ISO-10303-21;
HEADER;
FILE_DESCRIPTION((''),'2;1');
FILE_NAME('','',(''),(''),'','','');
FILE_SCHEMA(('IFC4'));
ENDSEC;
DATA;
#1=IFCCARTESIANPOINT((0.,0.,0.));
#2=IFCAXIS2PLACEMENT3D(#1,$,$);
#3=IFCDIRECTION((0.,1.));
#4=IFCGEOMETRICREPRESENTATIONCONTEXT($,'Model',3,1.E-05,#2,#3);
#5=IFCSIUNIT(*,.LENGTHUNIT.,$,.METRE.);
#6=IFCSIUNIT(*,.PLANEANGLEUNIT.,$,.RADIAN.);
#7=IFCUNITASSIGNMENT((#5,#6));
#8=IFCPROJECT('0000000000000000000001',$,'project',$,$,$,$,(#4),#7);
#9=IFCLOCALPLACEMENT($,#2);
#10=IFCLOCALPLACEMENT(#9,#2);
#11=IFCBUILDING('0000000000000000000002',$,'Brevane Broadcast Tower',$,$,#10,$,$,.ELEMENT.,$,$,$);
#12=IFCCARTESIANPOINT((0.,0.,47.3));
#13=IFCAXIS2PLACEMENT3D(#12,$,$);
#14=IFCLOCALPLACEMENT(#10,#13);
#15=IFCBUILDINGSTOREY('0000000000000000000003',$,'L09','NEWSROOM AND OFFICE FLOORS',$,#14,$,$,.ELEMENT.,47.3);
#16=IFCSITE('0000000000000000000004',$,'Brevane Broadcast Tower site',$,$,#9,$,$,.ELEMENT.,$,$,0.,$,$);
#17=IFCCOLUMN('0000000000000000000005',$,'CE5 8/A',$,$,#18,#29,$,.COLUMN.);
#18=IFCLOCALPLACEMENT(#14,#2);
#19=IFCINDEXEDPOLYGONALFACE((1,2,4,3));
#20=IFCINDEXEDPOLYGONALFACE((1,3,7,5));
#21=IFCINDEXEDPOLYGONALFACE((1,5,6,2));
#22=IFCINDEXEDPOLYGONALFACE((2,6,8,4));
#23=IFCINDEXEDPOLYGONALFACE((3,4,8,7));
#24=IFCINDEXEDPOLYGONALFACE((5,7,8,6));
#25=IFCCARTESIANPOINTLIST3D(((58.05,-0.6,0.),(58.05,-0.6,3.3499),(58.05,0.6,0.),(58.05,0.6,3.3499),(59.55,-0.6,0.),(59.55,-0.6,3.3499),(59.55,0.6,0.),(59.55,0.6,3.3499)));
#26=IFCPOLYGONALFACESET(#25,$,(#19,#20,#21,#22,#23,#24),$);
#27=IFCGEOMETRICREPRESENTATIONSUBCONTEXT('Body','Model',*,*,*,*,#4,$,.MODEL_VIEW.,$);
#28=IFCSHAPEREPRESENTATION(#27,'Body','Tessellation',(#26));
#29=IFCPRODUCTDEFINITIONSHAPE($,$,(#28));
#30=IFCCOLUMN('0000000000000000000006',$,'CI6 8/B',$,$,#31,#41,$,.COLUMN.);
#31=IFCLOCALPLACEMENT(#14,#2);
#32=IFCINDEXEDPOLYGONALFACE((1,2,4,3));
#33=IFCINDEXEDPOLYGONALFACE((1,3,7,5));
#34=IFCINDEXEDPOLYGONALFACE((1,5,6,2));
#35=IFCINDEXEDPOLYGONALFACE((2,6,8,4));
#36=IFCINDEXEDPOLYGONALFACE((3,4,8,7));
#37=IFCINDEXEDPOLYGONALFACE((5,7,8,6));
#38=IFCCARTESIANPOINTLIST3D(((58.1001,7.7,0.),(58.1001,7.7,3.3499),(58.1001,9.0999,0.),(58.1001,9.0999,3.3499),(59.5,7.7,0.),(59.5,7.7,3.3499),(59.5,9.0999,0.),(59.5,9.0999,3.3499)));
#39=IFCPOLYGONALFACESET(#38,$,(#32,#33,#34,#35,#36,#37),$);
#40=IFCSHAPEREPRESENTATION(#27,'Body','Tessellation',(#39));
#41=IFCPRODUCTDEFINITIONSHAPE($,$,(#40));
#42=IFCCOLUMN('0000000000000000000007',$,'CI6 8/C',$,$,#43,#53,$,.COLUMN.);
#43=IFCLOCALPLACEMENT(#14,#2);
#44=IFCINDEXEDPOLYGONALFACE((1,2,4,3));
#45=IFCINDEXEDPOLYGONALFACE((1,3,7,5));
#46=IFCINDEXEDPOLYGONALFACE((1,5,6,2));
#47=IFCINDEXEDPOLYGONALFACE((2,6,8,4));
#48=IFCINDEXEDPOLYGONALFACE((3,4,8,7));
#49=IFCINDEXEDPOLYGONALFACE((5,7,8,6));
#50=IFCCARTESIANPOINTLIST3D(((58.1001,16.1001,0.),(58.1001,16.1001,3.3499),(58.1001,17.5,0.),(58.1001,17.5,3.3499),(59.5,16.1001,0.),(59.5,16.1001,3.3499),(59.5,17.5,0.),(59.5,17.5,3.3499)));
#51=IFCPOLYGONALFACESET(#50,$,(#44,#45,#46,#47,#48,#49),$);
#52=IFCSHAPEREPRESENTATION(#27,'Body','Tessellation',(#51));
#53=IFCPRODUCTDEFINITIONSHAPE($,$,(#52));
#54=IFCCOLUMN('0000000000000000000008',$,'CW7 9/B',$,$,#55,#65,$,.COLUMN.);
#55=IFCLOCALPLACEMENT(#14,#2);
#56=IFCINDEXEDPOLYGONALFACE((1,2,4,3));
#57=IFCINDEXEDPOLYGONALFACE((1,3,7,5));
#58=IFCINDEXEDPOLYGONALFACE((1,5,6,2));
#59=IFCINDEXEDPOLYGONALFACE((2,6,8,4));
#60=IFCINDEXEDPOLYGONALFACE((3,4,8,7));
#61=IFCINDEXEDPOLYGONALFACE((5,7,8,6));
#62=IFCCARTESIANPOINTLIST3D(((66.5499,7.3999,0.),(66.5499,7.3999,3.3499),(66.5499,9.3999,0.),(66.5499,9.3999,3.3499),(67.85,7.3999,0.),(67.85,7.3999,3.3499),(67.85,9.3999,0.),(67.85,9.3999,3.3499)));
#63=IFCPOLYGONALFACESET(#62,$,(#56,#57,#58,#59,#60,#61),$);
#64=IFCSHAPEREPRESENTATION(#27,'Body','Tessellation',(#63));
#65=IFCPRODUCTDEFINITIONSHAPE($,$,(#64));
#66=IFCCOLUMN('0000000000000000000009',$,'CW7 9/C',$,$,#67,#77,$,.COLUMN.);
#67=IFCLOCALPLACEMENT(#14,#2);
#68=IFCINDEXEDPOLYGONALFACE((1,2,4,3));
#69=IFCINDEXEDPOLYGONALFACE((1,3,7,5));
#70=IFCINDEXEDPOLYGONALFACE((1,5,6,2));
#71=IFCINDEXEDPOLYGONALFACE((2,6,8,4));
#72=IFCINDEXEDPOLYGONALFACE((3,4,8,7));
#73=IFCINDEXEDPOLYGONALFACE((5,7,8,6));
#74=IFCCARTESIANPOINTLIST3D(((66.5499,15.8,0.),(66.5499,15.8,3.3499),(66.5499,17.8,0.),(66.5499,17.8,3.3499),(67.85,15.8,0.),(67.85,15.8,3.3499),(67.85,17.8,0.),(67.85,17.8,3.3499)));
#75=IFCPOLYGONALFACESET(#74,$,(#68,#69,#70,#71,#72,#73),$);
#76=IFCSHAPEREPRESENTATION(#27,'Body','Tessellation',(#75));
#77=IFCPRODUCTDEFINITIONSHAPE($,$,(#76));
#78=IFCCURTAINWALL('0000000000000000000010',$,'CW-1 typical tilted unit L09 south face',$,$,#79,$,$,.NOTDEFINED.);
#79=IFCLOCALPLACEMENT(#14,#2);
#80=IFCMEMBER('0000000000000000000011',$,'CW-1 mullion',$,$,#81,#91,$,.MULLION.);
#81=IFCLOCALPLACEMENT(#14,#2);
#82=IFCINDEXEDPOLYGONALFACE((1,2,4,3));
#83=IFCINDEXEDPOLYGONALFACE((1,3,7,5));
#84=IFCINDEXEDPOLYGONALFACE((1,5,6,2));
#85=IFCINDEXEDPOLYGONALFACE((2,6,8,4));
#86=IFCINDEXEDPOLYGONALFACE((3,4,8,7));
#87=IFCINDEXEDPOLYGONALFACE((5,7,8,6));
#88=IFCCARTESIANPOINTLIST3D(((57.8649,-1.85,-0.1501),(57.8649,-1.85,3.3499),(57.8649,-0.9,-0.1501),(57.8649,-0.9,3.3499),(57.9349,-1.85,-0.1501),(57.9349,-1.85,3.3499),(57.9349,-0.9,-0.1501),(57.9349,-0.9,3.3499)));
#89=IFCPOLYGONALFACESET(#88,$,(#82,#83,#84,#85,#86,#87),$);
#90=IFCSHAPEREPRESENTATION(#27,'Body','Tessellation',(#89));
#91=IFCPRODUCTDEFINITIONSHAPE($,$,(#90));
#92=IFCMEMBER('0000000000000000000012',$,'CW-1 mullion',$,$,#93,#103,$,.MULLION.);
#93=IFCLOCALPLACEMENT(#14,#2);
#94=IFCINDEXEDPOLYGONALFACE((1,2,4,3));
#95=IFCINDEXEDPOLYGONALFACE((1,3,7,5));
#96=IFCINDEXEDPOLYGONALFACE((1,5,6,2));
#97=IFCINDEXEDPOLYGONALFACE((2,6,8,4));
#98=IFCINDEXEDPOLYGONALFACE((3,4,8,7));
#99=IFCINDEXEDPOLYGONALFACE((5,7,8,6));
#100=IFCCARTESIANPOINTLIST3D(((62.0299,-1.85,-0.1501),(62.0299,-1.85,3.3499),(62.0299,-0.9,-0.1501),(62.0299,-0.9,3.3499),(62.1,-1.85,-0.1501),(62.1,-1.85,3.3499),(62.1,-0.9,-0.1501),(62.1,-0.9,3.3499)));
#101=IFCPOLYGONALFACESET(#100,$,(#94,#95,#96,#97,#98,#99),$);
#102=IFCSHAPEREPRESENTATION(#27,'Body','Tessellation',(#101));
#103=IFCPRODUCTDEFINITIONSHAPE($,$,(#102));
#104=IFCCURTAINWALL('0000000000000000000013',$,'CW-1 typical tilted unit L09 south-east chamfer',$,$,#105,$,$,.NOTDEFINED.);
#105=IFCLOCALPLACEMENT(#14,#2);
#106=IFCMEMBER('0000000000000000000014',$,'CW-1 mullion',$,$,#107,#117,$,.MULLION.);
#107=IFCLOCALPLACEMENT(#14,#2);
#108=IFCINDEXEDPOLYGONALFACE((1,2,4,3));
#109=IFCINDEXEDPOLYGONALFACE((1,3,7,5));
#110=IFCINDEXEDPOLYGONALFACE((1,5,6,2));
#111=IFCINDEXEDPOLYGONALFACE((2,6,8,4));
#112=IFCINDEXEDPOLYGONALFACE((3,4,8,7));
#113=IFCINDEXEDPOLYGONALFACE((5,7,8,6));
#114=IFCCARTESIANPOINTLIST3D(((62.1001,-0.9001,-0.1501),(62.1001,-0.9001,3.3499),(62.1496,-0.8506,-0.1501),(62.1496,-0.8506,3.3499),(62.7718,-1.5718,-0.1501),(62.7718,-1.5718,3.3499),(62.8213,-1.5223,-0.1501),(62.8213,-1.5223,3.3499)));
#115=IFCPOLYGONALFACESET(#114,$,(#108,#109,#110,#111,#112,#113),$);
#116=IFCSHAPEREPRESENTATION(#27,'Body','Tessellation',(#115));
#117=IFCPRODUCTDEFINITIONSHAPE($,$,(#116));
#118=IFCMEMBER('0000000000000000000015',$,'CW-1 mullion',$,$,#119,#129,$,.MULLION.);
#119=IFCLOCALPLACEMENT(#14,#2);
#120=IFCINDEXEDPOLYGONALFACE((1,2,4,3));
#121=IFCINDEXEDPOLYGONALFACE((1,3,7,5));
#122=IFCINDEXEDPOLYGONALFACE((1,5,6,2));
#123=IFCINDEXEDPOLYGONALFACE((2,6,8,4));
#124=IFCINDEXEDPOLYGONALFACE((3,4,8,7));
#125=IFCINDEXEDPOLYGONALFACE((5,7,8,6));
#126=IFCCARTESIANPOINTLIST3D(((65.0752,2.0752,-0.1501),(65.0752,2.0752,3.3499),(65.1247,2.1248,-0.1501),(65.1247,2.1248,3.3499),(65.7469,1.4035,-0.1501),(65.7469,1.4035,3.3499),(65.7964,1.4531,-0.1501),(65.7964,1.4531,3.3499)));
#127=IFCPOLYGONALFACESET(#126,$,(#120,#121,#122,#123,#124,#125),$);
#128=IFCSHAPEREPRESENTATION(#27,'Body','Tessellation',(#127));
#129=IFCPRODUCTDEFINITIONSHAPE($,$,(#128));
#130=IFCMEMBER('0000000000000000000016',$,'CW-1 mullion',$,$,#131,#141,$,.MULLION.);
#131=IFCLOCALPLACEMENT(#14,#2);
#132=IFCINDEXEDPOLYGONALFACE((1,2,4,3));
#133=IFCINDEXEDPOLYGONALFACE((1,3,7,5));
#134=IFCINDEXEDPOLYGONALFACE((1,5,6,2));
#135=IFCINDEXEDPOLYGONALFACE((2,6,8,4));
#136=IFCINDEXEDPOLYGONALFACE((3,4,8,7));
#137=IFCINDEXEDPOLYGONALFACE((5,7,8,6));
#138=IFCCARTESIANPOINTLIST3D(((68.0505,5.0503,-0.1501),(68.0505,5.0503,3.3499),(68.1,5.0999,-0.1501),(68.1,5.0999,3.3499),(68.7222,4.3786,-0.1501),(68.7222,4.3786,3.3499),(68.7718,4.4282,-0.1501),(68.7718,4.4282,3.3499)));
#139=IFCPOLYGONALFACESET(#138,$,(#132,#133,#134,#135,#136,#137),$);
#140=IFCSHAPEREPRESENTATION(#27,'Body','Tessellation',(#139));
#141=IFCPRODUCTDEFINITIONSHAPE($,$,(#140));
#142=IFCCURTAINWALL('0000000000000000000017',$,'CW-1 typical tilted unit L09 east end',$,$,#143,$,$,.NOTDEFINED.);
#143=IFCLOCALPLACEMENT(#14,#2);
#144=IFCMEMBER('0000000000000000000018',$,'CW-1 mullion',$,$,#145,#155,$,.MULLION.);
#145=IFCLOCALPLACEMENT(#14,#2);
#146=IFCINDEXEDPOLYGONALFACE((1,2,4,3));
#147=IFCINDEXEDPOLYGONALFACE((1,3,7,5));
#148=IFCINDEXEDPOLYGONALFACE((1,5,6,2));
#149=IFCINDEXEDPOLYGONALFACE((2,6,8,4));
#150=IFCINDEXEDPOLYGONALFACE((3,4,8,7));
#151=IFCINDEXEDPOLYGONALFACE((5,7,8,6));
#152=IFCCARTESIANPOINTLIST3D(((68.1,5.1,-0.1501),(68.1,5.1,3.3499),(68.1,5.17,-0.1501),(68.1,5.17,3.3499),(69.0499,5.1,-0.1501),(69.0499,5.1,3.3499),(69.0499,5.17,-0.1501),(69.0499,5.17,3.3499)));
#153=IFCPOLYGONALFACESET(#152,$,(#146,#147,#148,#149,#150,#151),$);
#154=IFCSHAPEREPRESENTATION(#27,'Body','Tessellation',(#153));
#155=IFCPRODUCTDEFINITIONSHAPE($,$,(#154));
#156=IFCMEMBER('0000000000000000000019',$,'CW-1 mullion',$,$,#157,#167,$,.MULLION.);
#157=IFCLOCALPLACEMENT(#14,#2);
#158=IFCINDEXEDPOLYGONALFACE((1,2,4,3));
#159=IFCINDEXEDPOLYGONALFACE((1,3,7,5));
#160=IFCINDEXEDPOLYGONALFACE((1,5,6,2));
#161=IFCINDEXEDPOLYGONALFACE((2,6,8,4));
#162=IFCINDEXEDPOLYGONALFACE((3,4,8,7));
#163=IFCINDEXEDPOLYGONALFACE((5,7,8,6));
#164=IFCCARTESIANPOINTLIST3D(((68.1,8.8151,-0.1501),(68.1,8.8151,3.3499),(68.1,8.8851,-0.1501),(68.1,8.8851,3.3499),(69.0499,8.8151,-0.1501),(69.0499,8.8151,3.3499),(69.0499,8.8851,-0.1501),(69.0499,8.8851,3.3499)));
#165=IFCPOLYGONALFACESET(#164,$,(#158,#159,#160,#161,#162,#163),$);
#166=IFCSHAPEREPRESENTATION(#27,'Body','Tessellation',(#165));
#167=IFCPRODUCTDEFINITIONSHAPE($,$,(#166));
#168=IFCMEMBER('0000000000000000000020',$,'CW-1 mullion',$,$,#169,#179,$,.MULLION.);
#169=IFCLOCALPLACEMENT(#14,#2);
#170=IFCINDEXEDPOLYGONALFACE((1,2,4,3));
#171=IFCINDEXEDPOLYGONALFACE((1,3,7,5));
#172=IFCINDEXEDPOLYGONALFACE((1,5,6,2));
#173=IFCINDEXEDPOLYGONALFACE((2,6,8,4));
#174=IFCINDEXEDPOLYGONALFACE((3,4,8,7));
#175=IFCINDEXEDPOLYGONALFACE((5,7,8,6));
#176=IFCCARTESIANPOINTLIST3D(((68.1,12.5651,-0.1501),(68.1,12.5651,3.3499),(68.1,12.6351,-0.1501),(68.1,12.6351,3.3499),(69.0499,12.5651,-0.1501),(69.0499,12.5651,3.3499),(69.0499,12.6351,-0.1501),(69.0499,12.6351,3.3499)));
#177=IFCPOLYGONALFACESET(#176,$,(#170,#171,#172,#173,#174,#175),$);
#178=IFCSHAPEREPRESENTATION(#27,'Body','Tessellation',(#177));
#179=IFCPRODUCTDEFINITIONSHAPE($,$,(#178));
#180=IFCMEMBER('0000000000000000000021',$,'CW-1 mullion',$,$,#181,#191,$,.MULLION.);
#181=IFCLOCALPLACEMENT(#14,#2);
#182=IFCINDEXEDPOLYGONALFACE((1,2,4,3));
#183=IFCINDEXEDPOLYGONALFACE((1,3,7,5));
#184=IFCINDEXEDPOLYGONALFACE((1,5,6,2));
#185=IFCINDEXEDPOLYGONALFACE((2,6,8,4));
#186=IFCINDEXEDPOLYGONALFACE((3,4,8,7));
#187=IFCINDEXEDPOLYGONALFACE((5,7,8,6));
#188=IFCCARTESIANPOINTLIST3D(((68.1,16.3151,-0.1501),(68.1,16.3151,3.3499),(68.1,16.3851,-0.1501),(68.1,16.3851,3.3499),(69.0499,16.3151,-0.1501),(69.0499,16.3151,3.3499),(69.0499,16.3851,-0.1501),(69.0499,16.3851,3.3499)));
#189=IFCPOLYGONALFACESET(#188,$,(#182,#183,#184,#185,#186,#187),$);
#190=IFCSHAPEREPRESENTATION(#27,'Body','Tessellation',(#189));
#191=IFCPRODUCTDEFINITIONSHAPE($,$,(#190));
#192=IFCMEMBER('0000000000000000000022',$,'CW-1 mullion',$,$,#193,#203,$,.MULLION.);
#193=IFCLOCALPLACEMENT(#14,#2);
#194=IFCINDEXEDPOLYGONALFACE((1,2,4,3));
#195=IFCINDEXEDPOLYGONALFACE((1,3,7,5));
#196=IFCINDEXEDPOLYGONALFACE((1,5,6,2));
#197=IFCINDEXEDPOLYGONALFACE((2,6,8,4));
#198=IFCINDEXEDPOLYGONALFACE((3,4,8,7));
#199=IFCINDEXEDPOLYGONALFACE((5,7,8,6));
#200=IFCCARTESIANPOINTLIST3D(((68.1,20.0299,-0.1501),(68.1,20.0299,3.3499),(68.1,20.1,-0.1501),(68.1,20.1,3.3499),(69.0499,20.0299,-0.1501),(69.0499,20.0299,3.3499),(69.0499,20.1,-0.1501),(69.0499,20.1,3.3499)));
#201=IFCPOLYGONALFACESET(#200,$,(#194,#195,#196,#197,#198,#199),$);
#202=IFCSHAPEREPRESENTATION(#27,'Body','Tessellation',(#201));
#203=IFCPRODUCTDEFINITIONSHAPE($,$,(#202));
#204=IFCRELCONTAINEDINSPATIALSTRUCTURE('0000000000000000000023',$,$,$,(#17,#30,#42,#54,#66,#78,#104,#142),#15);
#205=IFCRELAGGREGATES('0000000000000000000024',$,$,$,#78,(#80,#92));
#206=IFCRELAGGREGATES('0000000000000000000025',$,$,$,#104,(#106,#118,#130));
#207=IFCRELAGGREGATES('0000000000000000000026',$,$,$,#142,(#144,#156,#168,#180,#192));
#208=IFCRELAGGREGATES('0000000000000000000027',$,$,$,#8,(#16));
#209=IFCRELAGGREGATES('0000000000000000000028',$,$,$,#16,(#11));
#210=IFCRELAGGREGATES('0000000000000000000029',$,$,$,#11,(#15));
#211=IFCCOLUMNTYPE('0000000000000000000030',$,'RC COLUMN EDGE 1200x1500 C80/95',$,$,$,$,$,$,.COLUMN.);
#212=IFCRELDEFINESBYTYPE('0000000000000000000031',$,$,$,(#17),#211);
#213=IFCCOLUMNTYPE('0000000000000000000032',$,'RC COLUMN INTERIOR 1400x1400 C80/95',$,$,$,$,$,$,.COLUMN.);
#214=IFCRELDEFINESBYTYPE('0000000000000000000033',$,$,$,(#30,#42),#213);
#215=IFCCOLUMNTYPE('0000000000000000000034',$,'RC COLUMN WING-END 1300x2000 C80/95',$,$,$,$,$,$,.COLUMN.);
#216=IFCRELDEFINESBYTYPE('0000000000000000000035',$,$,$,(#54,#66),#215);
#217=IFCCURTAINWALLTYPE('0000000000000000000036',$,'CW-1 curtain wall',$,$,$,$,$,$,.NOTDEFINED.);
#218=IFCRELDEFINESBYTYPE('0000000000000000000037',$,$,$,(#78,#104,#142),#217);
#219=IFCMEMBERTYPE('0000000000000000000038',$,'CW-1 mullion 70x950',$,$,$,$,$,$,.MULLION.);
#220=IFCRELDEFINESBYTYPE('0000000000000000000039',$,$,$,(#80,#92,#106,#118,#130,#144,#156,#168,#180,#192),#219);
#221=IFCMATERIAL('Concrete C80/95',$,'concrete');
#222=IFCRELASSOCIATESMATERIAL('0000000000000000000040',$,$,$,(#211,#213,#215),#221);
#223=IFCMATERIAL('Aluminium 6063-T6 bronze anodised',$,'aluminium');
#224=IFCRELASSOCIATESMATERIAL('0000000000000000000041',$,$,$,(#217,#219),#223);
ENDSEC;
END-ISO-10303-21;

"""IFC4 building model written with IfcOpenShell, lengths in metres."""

from ifc_helpers import new_model, si_unit, direction, frame, origin, origin_2d, place, context, subcontext, project, spatial, rectangle, extrude, material, material_profile, profile_set, type_object, element, aggregate, save


model = new_model("IFC4")

# Units and contexts
model_context = context("Model", 3, precision=1e-05, world=origin(), true_north=direction((0.0, 1.0)))
body_context = subcontext(model_context, "Body", "Model", "MODEL_VIEW")
ifc_project = project(units=[si_unit("LENGTHUNIT", "METRE"), si_unit("PLANEANGLEUNIT", "RADIAN")], contexts=[model_context])

# Site, building, storey
site_placement = place(None, origin())
site = spatial("IfcSite", under=ifc_project, at=site_placement, Name="Brevane Broadcast Tower site", CompositionType="ELEMENT", RefElevation=0.0)
building_placement = place(site_placement, origin())
building = spatial("IfcBuilding", under=site, at=building_placement, Name="Brevane Broadcast Tower", CompositionType="ELEMENT")
storey_placement = place(building_placement, frame((0.0, 0.0, 47.3)))
storey = spatial("IfcBuildingStorey", under=building, at=storey_placement, Name="L09", Description="NEWSROOM AND OFFICE FLOORS", CompositionType="ELEMENT", Elevation=47.3)

# Columns
ifc_material_1 = material(Name="Concrete C80/95", Category="concrete")
ifc_material_profile_1 = material_profile(ifc_material_1, rectangle(XDim=1.2, YDim=1.5, at=origin_2d()), Name="RC 1200x1500")
ifc_profile_set_1 = profile_set([ifc_material_profile_1], Name="Concrete C80/95")
column_type_1 = type_object("IfcColumnType", Name="RC COLUMN EDGE 1200x1500 C80/95", PredefinedType="COLUMN", material=ifc_profile_set_1)
column_placement = place(storey_placement, frame((58.8, 0.0, 0.0), z_axis=(0.0, 0.0, 1.0), x_axis=(0.0, 1.0, 0.0)))
element("IfcColumn", 1, at=column_placement, inside=storey, type_object=column_type_1, Name="CE5 8/A", PredefinedType="COLUMN", context=body_context, shape_type="SweptSolid", body=[
    extrude(rectangle(XDim=1.2, YDim=1.5, at=origin_2d()), origin(), (0.0, 0.0, 1.0), 3.3499),
])
ifc_material_profile_2 = material_profile(ifc_material_1, rectangle(XDim=1.3999, YDim=1.3999, at=origin_2d()), Name="RC 1400x1400")
ifc_profile_set_2 = profile_set([ifc_material_profile_2], Name="Concrete C80/95")
column_type_2 = type_object("IfcColumnType", Name="RC COLUMN INTERIOR 1400x1400 C80/95", PredefinedType="COLUMN", material=ifc_profile_set_2)
for number, where, z_axis, x_axis, name in (
    (2, (58.8, 8.3999, 0.0), (0.0, 0.0, 1.0), (1.0, 0.0, 0.0), "CI6 8/B"),
    (3, (58.8, 16.8, 0.0), (0.0, 0.0, 1.0), (1.0, 0.0, 0.0), "CI6 8/C"),
):
    element("IfcColumn", number, at=place(storey_placement, frame(where, z_axis=z_axis, x_axis=x_axis)), inside=storey, type_object=column_type_2, Name=name, PredefinedType="COLUMN", context=body_context, shape_type="SweptSolid", body=[
        extrude(rectangle(XDim=1.3999, YDim=1.3999, at=origin_2d()), origin(), (0.0, 0.0, 1.0), 3.3499),
    ])
ifc_material_profile_3 = material_profile(ifc_material_1, rectangle(XDim=1.3, YDim=2.0, at=origin_2d()), Name="RC 1300x2000")
ifc_profile_set_3 = profile_set([ifc_material_profile_3], Name="Concrete C80/95")
column_type_3 = type_object("IfcColumnType", Name="RC COLUMN WING-END 1300x2000 C80/95", PredefinedType="COLUMN", material=ifc_profile_set_3)
for number, where, z_axis, x_axis, name in (
    (4, (67.2, 8.3999, 0.0), (0.0, 0.0, 1.0), (1.0, 0.0, 0.0), "CW7 9/B"),
    (5, (67.2, 16.8, 0.0), (0.0, 0.0, 1.0), (1.0, 0.0, 0.0), "CW7 9/C"),
):
    element("IfcColumn", number, at=place(storey_placement, frame(where, z_axis=z_axis, x_axis=x_axis)), inside=storey, type_object=column_type_3, Name=name, PredefinedType="COLUMN", context=body_context, shape_type="SweptSolid", body=[
        extrude(rectangle(XDim=1.3, YDim=2.0, at=origin_2d()), origin(), (0.0, 0.0, 1.0), 3.3499),
    ])

# Curtain walls, members
ifc_material_2 = material(Name="Aluminium 6063-T6 bronze anodised", Category="aluminium")
curtain_wall_type = type_object("IfcCurtainWallType", Name="CW-1 curtain wall", PredefinedType="NOTDEFINED", material=ifc_material_2)
curtain_wall_1_placement = place(storey_placement, origin())
curtain_wall_1 = element("IfcCurtainWall", 6, at=curtain_wall_1_placement, inside=storey, type_object=curtain_wall_type, Name="CW-1 typical tilted unit L09 south face", PredefinedType="NOTDEFINED")
ifc_material_profile_4 = material_profile(ifc_material_2, rectangle(XDim=0.95, YDim=0.0701, at=origin_2d()), Name="RECT 70x950")
ifc_profile_set_4 = profile_set([ifc_material_profile_4], Name="Aluminium 6063-T6 bronze anodised")
member_type_1 = type_object("IfcMemberType", Name="CW-1 mullion 70x950", PredefinedType="MULLION", material=ifc_profile_set_4)
member_1_placement = place(storey_placement, frame((57.8999, -1.375, -0.1501), z_axis=(0.0, 0.0, 1.0), x_axis=(0.0, 1.0, 0.0)))
member_1 = element("IfcMember", 7, at=member_1_placement, type_object=member_type_1, Name="CW-1 mullion", PredefinedType="MULLION", context=body_context, shape_type="SweptSolid", body=[
    extrude(rectangle(XDim=0.95, YDim=0.0701, at=origin_2d()), origin(), (0.0, 0.0, 1.0), 3.5),
])
member_2_placement = place(storey_placement, frame((62.0649, -1.375, -0.1501), z_axis=(0.0, 0.0, 1.0), x_axis=(0.0, 1.0, 0.0)))
member_2 = element("IfcMember", 8, at=member_2_placement, type_object=member_type_1, Name="CW-1 mullion", PredefinedType="MULLION", context=body_context, shape_type="SweptSolid", body=[
    extrude(rectangle(XDim=0.95, YDim=0.0701, at=origin_2d()), origin(), (0.0, 0.0, 1.0), 3.5),
])
aggregate(curtain_wall_1, [member_1, member_2])
curtain_wall_2_placement = place(storey_placement, origin())
curtain_wall_2 = element("IfcCurtainWall", 9, at=curtain_wall_2_placement, inside=storey, type_object=curtain_wall_type, Name="CW-1 typical tilted unit L09 south-east chamfer", PredefinedType="NOTDEFINED")
member_3_placement = place(storey_placement, frame((62.4607, -1.2112, -0.1501), z_axis=(0.0, 0.0, 1.0), x_axis=(-0.707107, 0.707107, 0.0)))
member_3 = element("IfcMember", 10, at=member_3_placement, type_object=member_type_1, Name="CW-1 mullion", PredefinedType="MULLION", context=body_context, shape_type="SweptSolid", body=[
    extrude(rectangle(XDim=0.95, YDim=0.0701, at=origin_2d()), origin(), (0.0, 0.0, 1.0), 3.5),
])
member_4_placement = place(storey_placement, frame((65.4358, 1.7642, -0.1501), z_axis=(0.0, 0.0, 1.0), x_axis=(-0.707107, 0.707107, 0.0)))
member_4 = element("IfcMember", 11, at=member_4_placement, type_object=member_type_1, Name="CW-1 mullion", PredefinedType="MULLION", context=body_context, shape_type="SweptSolid", body=[
    extrude(rectangle(XDim=0.95, YDim=0.0701, at=origin_2d()), origin(), (0.0, 0.0, 1.0), 3.5),
])
member_5_placement = place(storey_placement, frame((68.4111, 4.7393, -0.1501), z_axis=(0.0, 0.0, 1.0), x_axis=(-0.707107, 0.707107, 0.0)))
member_5 = element("IfcMember", 12, at=member_5_placement, type_object=member_type_1, Name="CW-1 mullion", PredefinedType="MULLION", context=body_context, shape_type="SweptSolid", body=[
    extrude(rectangle(XDim=0.95, YDim=0.0701, at=origin_2d()), origin(), (0.0, 0.0, 1.0), 3.5),
])
curtain_wall_3_placement = place(storey_placement, origin())
curtain_wall_3 = element("IfcCurtainWall", 13, at=curtain_wall_3_placement, inside=storey, type_object=curtain_wall_type, Name="CW-1 typical tilted unit L09 east end", PredefinedType="NOTDEFINED")
member_6_placement = place(storey_placement, frame((68.575, 5.135, -0.1501), z_axis=(0.0, 0.0, 1.0), x_axis=(-1.0, 0.0, 0.0)))
member_6 = element("IfcMember", 14, at=member_6_placement, type_object=member_type_1, Name="CW-1 mullion", PredefinedType="MULLION", context=body_context, shape_type="SweptSolid", body=[
    extrude(rectangle(XDim=0.95, YDim=0.0701, at=origin_2d()), origin(), (0.0, 0.0, 1.0), 3.5),
])
member_7_placement = place(storey_placement, frame((68.575, 8.8501, -0.1501), z_axis=(0.0, 0.0, 1.0), x_axis=(-1.0, 0.0, 0.0)))
member_7 = element("IfcMember", 15, at=member_7_placement, type_object=member_type_1, Name="CW-1 mullion", PredefinedType="MULLION", context=body_context, shape_type="SweptSolid", body=[
    extrude(rectangle(XDim=0.95, YDim=0.0701, at=origin_2d()), origin(), (0.0, 0.0, 1.0), 3.5),
])
member_8_placement = place(storey_placement, frame((68.575, 12.6001, -0.1501), z_axis=(0.0, 0.0, 1.0), x_axis=(-1.0, 0.0, 0.0)))
member_8 = element("IfcMember", 16, at=member_8_placement, type_object=member_type_1, Name="CW-1 mullion", PredefinedType="MULLION", context=body_context, shape_type="SweptSolid", body=[
    extrude(rectangle(XDim=0.95, YDim=0.0701, at=origin_2d()), origin(), (0.0, 0.0, 1.0), 3.5),
])
member_9_placement = place(storey_placement, frame((68.575, 16.3501, -0.1501), z_axis=(0.0, 0.0, 1.0), x_axis=(-1.0, 0.0, 0.0)))
member_9 = element("IfcMember", 17, at=member_9_placement, type_object=member_type_1, Name="CW-1 mullion", PredefinedType="MULLION", context=body_context, shape_type="SweptSolid", body=[
    extrude(rectangle(XDim=0.95, YDim=0.0701, at=origin_2d()), origin(), (0.0, 0.0, 1.0), 3.5),
])
member_10_placement = place(storey_placement, frame((68.575, 20.0649, -0.1501), z_axis=(0.0, 0.0, 1.0), x_axis=(-1.0, 0.0, 0.0)))
member_10 = element("IfcMember", 18, at=member_10_placement, type_object=member_type_1, Name="CW-1 mullion", PredefinedType="MULLION", context=body_context, shape_type="SweptSolid", body=[
    extrude(rectangle(XDim=0.95, YDim=0.0701, at=origin_2d()), origin(), (0.0, 0.0, 1.0), 3.5),
])

aggregate(curtain_wall_2, [member_3, member_4, member_5])
aggregate(curtain_wall_3, [member_6, member_7, member_8, member_9, member_10])

save(model, "model.ifc")
